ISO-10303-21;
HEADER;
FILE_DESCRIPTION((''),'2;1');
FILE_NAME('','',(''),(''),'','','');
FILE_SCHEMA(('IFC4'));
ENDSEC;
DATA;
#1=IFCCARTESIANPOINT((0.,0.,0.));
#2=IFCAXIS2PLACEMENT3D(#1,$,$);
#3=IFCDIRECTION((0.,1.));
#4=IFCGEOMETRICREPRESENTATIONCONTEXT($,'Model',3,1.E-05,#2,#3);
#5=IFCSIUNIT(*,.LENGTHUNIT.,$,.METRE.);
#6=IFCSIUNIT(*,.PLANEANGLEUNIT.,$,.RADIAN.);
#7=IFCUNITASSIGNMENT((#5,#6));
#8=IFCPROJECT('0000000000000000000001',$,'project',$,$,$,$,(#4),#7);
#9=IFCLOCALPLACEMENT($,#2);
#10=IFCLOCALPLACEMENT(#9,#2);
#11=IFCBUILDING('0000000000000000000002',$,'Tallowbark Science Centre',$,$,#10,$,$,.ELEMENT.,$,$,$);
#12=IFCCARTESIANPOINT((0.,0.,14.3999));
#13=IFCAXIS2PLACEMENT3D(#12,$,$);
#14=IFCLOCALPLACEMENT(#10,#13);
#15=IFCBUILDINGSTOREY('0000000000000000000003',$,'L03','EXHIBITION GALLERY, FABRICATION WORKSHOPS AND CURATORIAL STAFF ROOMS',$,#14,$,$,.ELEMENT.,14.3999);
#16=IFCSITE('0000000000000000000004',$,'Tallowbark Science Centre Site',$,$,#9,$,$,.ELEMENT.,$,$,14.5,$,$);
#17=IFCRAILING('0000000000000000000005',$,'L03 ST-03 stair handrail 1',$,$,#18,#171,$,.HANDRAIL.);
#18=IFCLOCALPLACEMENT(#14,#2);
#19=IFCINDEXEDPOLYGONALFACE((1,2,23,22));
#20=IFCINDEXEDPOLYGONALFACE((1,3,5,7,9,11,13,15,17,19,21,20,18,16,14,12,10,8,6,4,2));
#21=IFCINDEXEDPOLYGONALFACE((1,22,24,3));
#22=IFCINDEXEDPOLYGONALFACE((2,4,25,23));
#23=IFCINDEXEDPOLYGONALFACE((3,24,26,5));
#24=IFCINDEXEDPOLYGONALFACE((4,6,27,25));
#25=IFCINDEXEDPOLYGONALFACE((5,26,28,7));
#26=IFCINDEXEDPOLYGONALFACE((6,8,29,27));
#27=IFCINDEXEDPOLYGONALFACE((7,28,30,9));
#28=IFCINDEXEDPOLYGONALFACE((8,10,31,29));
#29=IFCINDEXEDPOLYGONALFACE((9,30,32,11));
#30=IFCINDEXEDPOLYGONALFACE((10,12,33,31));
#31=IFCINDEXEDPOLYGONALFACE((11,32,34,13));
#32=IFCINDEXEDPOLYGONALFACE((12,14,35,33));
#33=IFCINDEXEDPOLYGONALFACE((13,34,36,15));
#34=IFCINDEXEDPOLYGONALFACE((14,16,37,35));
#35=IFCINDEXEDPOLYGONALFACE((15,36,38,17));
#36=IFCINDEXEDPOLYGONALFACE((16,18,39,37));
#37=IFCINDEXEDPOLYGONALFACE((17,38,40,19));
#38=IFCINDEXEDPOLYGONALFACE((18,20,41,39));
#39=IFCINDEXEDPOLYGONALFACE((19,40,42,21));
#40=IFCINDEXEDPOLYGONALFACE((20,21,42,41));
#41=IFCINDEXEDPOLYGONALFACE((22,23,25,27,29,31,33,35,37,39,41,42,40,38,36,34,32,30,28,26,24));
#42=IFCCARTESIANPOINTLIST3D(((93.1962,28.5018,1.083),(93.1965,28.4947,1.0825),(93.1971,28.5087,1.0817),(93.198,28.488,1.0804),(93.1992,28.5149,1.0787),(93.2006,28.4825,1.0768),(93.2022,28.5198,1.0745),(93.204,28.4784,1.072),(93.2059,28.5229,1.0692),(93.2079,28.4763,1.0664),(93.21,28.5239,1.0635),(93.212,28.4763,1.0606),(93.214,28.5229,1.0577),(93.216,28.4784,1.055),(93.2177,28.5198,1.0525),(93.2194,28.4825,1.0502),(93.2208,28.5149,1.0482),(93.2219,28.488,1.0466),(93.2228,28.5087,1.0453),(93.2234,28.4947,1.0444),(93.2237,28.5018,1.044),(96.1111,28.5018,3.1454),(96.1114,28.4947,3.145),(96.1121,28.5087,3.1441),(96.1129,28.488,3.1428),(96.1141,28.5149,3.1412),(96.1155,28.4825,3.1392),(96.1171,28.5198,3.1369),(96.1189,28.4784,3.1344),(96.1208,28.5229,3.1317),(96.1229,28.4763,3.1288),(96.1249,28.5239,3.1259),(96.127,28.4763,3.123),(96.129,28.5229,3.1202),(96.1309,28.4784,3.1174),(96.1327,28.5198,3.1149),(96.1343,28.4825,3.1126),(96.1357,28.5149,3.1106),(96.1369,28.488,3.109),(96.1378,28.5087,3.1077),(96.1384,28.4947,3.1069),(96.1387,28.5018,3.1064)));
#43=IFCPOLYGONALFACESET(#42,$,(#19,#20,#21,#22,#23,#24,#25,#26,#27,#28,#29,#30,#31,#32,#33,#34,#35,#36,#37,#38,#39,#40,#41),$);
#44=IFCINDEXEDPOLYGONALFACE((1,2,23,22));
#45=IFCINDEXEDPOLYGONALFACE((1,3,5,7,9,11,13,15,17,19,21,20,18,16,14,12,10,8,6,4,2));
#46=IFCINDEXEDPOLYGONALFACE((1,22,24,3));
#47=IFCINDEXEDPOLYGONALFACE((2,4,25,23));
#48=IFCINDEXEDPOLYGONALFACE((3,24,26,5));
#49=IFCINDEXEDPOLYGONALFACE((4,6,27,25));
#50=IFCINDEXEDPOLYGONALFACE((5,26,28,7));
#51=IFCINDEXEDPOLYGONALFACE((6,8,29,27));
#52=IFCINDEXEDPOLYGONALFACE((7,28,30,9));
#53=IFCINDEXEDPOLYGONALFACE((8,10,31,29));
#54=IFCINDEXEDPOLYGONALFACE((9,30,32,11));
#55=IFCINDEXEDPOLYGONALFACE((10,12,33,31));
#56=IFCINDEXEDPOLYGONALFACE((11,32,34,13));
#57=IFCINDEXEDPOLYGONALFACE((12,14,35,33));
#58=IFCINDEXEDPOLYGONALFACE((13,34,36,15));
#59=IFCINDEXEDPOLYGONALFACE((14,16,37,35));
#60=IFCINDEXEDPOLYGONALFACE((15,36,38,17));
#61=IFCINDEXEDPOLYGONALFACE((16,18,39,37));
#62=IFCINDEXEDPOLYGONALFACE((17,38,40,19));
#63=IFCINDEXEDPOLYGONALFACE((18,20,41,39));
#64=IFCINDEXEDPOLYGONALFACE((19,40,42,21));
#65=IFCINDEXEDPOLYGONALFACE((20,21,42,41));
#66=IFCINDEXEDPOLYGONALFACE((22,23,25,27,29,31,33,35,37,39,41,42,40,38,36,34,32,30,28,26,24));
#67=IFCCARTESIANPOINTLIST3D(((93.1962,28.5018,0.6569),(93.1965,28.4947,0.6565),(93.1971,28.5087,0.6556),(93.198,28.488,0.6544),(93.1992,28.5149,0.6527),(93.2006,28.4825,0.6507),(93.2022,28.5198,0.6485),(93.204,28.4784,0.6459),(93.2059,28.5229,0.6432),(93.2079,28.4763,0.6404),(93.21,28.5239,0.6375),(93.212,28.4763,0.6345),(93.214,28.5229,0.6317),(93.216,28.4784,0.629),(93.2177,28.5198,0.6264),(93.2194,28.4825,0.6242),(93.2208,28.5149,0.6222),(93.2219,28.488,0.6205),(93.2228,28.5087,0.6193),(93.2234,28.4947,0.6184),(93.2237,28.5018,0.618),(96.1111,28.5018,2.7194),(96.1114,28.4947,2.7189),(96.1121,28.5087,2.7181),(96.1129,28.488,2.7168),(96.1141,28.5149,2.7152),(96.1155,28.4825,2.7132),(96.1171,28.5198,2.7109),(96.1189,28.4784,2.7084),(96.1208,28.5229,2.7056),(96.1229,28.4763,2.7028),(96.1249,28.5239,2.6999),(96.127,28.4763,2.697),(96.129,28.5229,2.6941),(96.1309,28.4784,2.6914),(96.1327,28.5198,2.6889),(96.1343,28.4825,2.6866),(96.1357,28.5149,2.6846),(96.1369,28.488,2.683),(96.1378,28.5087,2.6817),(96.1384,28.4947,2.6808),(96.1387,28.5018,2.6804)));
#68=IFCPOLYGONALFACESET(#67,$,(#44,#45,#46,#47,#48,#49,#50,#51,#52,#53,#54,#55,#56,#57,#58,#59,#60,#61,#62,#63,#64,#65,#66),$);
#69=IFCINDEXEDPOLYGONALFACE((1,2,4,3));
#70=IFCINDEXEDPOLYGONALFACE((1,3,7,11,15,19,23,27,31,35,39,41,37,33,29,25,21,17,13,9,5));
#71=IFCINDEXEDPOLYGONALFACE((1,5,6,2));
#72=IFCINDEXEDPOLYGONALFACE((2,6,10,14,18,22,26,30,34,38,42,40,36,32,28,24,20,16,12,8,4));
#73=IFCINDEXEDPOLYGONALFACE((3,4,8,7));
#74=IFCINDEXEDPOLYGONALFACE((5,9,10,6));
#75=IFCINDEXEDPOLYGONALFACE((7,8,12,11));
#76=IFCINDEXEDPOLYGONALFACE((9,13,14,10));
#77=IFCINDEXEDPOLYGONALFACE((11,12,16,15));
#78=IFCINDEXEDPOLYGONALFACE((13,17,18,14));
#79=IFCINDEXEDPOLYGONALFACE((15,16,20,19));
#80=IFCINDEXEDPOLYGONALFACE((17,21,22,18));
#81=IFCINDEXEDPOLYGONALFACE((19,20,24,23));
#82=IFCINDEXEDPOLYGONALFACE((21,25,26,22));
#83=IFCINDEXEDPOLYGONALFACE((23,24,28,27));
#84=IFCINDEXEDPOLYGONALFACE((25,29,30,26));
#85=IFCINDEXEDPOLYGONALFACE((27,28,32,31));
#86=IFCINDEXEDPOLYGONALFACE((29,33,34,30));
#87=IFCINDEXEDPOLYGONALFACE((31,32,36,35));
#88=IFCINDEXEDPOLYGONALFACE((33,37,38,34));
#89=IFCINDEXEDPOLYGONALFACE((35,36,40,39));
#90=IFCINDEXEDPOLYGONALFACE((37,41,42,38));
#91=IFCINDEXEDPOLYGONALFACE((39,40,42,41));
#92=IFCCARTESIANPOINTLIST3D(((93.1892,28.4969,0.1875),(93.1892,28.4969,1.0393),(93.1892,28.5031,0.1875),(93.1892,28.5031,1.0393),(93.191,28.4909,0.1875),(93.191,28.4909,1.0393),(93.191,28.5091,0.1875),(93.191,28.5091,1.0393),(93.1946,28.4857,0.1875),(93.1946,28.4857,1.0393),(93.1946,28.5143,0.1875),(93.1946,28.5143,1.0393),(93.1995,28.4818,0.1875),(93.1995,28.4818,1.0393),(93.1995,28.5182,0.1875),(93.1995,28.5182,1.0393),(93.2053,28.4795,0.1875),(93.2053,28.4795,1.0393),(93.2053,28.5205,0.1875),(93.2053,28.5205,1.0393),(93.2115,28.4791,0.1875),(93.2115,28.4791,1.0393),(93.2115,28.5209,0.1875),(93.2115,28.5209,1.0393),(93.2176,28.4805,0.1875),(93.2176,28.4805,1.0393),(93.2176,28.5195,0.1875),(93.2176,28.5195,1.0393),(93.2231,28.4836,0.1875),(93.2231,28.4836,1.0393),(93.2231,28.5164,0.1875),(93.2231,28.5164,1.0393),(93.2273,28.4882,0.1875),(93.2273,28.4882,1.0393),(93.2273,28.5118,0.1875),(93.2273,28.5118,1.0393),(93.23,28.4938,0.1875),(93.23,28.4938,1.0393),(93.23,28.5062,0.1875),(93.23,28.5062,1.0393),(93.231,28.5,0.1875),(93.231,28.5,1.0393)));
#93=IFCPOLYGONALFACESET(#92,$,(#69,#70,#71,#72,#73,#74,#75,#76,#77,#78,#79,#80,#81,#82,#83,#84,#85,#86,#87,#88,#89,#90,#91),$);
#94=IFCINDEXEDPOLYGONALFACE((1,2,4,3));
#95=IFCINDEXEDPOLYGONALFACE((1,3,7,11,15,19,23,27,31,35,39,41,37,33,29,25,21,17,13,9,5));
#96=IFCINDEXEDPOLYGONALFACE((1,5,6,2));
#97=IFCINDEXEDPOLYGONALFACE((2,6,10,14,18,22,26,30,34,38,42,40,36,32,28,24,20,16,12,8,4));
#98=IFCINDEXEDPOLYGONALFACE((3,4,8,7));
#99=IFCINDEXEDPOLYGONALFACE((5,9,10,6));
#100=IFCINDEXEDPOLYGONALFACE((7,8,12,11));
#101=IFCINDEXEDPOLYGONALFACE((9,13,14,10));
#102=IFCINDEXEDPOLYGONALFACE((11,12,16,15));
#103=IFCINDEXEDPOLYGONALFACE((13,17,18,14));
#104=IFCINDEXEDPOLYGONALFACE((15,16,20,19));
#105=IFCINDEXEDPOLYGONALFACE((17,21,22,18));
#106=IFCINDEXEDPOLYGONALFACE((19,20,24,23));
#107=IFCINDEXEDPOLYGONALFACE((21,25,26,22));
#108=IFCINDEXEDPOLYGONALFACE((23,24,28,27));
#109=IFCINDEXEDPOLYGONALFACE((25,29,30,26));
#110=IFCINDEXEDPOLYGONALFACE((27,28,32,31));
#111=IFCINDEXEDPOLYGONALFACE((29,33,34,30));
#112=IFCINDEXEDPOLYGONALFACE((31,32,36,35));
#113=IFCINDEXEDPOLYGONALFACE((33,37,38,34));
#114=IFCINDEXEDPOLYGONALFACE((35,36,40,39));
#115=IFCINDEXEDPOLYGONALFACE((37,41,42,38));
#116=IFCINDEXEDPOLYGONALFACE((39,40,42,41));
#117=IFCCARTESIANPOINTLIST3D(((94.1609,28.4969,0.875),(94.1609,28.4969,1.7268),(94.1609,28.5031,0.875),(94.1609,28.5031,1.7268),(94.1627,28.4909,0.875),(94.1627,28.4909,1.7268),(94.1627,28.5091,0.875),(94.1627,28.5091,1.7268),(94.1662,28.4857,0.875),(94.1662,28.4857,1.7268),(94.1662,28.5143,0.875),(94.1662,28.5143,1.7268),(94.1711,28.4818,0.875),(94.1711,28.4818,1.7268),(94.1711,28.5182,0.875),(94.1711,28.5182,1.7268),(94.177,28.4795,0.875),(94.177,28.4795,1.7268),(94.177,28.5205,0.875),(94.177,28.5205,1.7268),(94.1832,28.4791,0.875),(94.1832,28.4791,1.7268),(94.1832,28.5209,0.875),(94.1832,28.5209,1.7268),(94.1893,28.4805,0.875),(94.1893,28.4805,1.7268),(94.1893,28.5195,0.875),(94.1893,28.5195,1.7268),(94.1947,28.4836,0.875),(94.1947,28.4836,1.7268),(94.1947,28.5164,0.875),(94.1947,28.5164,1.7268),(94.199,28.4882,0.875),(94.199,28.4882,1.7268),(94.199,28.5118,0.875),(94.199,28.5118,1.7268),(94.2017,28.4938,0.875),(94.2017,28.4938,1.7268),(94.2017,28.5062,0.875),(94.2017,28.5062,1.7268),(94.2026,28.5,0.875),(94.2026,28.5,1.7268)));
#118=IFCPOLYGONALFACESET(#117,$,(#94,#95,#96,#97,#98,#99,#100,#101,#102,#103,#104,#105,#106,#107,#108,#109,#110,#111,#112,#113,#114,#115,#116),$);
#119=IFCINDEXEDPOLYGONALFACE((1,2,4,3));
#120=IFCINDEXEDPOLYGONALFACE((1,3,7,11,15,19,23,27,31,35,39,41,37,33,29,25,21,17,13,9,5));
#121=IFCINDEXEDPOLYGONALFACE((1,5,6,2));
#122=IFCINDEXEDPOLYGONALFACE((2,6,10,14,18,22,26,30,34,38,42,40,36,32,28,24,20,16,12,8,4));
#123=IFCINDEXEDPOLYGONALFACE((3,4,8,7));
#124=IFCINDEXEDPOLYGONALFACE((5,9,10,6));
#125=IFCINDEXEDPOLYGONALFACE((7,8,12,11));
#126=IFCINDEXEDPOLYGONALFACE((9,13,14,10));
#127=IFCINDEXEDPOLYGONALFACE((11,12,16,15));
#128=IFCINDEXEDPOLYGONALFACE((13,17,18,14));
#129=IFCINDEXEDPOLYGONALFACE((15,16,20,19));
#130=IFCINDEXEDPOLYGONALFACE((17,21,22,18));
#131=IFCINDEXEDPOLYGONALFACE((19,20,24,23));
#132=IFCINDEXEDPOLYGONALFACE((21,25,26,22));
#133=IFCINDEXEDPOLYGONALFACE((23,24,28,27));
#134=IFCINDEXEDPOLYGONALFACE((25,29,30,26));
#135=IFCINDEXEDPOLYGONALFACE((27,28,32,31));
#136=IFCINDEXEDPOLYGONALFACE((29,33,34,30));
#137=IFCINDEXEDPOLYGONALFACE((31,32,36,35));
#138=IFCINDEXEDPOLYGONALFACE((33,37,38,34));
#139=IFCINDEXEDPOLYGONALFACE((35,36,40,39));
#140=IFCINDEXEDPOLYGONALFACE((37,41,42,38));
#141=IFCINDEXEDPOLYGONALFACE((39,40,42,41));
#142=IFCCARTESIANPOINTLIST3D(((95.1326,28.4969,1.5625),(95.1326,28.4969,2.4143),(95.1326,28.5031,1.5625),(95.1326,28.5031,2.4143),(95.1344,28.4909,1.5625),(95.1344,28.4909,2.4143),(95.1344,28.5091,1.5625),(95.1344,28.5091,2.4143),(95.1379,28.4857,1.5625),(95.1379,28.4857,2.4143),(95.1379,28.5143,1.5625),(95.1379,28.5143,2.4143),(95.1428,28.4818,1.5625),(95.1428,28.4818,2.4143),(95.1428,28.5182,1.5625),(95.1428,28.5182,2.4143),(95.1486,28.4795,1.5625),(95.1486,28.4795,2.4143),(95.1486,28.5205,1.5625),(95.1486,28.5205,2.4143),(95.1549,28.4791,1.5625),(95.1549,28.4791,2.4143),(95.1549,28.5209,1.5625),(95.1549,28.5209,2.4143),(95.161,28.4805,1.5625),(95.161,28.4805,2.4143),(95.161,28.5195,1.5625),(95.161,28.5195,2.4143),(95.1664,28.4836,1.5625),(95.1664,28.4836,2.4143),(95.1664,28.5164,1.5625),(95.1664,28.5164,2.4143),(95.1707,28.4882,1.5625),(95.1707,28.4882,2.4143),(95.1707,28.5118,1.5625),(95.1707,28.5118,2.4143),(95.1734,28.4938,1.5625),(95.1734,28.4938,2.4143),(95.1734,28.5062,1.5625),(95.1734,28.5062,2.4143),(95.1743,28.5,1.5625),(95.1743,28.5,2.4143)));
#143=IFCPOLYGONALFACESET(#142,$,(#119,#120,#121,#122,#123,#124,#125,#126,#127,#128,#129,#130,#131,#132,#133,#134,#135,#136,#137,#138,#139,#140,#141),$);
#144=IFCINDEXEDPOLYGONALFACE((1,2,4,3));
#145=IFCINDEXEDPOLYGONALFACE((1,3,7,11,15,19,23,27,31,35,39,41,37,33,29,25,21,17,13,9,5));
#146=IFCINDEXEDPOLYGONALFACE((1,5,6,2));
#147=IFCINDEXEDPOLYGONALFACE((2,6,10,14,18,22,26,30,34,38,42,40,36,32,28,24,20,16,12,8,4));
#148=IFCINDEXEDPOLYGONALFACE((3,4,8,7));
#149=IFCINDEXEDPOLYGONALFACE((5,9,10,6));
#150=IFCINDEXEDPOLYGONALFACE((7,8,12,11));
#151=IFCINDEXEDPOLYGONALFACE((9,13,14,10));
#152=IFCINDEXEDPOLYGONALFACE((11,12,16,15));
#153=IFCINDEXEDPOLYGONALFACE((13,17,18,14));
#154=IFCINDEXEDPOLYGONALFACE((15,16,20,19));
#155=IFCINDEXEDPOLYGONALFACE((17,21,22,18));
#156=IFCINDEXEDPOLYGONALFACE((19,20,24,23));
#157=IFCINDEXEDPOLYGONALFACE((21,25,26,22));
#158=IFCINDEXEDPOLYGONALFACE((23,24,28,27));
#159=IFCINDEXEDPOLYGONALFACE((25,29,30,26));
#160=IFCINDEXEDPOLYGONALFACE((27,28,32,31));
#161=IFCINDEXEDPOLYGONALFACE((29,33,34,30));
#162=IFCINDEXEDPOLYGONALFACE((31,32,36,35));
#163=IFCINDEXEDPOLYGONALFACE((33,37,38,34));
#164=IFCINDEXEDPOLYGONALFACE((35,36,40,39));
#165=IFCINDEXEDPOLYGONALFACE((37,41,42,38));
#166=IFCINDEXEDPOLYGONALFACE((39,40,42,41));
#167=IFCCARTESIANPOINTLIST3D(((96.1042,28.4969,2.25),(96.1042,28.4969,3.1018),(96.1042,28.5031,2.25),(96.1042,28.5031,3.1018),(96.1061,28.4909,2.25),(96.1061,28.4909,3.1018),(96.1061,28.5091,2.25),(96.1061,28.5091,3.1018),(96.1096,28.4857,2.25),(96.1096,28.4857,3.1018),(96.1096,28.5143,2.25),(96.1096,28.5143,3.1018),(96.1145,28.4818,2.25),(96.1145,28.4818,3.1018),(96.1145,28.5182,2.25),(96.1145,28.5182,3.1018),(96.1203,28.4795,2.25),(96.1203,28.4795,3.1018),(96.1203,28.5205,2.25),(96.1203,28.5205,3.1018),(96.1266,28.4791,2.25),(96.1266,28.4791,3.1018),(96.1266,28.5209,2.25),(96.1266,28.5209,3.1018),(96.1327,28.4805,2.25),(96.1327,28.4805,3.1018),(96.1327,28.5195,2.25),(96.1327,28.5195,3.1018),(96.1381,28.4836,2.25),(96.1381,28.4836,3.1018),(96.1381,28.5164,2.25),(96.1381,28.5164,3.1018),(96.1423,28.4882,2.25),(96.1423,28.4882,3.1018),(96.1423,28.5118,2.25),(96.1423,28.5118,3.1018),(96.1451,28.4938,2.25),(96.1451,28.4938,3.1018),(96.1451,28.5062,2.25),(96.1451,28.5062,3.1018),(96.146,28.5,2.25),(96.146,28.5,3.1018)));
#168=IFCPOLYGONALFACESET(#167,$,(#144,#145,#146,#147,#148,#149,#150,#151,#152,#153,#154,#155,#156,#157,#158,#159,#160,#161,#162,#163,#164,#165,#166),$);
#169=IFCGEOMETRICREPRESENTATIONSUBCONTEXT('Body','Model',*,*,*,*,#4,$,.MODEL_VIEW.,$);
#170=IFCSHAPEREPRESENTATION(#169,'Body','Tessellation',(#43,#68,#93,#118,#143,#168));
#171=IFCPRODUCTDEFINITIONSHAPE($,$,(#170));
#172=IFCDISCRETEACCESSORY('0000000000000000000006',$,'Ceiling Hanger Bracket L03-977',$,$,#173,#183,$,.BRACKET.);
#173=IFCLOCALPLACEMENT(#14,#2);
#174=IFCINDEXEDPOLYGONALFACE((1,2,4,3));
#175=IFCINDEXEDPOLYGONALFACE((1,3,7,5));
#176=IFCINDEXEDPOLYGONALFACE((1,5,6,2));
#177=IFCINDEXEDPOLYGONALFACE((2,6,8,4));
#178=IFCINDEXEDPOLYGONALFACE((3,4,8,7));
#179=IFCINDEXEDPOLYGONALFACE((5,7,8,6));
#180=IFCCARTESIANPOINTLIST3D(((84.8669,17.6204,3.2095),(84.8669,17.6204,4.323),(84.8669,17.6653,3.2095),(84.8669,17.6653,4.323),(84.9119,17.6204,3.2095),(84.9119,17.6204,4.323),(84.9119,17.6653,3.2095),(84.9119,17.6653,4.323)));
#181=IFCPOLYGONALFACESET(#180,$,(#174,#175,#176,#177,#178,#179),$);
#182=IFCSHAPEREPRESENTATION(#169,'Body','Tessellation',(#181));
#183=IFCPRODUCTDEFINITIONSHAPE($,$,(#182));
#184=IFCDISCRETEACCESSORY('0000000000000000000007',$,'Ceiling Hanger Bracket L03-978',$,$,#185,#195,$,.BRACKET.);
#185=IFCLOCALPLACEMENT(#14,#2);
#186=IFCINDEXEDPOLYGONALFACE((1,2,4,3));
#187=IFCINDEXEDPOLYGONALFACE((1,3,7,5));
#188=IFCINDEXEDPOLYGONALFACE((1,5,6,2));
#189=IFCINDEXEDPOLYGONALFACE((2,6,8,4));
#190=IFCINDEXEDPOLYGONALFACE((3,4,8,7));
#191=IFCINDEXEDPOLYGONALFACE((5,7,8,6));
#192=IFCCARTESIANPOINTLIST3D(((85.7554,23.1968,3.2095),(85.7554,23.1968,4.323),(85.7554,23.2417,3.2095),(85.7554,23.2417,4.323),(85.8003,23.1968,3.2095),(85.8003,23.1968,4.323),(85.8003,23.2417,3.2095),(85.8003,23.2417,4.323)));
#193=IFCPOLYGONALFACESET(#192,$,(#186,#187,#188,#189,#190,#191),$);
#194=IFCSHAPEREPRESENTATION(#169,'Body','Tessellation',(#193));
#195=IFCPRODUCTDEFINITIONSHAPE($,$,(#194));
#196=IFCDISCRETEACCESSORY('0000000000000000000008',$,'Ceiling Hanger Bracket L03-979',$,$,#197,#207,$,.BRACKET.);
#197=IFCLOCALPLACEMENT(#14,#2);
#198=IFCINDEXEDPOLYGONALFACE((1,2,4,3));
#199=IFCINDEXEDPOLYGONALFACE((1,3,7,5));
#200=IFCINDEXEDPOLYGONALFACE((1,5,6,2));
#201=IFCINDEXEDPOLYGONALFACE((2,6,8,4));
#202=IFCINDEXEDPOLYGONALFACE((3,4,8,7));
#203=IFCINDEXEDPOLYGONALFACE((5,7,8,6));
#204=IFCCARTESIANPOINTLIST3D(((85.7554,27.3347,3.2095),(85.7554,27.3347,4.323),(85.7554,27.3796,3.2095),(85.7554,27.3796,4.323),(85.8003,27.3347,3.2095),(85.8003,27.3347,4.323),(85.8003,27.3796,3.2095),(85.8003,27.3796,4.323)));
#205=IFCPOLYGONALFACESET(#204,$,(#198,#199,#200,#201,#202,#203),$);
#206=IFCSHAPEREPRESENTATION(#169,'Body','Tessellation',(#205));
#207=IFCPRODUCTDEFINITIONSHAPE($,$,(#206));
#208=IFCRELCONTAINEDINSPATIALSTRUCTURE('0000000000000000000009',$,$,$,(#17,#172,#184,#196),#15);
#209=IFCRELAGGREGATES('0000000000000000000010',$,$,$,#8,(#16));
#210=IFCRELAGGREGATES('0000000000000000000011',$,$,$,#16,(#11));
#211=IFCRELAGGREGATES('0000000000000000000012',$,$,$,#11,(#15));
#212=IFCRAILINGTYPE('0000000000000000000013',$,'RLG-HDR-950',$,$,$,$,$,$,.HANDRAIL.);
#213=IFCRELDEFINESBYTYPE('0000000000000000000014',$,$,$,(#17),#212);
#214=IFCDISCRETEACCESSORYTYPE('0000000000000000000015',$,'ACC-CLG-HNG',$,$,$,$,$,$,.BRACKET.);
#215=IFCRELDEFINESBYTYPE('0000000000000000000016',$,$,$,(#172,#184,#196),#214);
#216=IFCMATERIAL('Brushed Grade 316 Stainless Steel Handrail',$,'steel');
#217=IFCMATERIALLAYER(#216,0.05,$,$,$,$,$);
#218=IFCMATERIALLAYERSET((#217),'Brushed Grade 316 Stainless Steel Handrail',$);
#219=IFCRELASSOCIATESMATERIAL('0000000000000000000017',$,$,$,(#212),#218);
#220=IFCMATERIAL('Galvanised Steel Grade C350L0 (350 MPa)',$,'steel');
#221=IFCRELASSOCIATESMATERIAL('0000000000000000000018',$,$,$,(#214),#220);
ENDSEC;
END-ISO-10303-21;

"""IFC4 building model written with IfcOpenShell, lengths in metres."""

from ifc_helpers import new_model, si_unit, direction, frame, origin, origin_2d, place, context, subcontext, project, spatial, rectangle, circle, extrude, material, layer, layer_set, type_object, element, save


model = new_model("IFC4")

# Units and contexts
model_context = context("Model", 3, precision=1e-05, world=origin(), true_north=direction((0.0, 1.0)))
body_context = subcontext(model_context, "Body", "Model", "MODEL_VIEW")
ifc_project = project(units=[si_unit("LENGTHUNIT", "METRE"), si_unit("PLANEANGLEUNIT", "RADIAN")], contexts=[model_context])

# Site, building, storey
site_placement = place(None, origin())
site = spatial("IfcSite", under=ifc_project, at=site_placement, Name="Tallowbark Science Centre Site", CompositionType="ELEMENT", RefElevation=14.5)
building_placement = place(site_placement, origin())
building = spatial("IfcBuilding", under=site, at=building_placement, Name="Tallowbark Science Centre", CompositionType="ELEMENT")
storey_placement = place(building_placement, frame((0.0, 0.0, 14.3999)))
storey = spatial("IfcBuildingStorey", under=building, at=storey_placement, Name="L03", Description="EXHIBITION GALLERY, FABRICATION WORKSHOPS AND CURATORIAL STAFF ROOMS", CompositionType="ELEMENT", Elevation=14.3999)

# Railing
ifc_material_1 = material(Name="Brushed Grade 316 Stainless Steel Handrail", Category="steel")
ifc_layer_1 = layer(ifc_material_1, 0.05)
ifc_layer_set_1 = layer_set([ifc_layer_1], Name="Brushed Grade 316 Stainless Steel Handrail")
railing_type_1 = type_object("IfcRailingType", Name="RLG-HDR-950", PredefinedType="HANDRAIL", material=ifc_layer_set_1)
railing_1_placement = place(storey_placement, frame((93.21, 28.5, 0.1875)))
element("IfcRailing", 1, at=railing_1_placement, inside=storey, type_object=railing_type_1, Name="L03 ST-03 stair handrail 1", PredefinedType="HANDRAIL", context=body_context, shape_type="SweptSolid", body=[
    extrude(circle(Radius=0.0239, at=origin_2d()), frame((0.0, 0.0, 0.876), z_axis=(0.816331, 0.0, 0.577585), x_axis=(0.0, 1.0, 0.0)), (0.0, 0.0, 1.0), 3.5708),
    extrude(circle(Radius=0.0239, at=origin_2d()), frame((0.0, 0.0, 0.45), z_axis=(0.816331, 0.0, 0.577585), x_axis=(0.0, 1.0, 0.0)), (0.0, 0.0, 1.0), 3.5708),
    extrude(circle(Radius=0.021, at=origin_2d()), origin(), (0.0, 0.0, 1.0), 0.8518),
    extrude(circle(Radius=0.021, at=origin_2d()), frame((0.9717, 0.0, 0.6875)), (0.0, 0.0, 1.0), 0.8518),
    extrude(circle(Radius=0.021, at=origin_2d()), frame((1.9434, 0.0, 1.375)), (0.0, 0.0, 1.0), 0.8518),
    extrude(circle(Radius=0.021, at=origin_2d()), frame((2.915, 0.0, 2.0625)), (0.0, 0.0, 1.0), 0.8518),
])

# Discrete accessories
ifc_material_2 = material(Name="Galvanised Steel Grade C350L0 (350 MPa)", Category="steel")
discrete_accessory_type = type_object("IfcDiscreteAccessoryType", Name="ACC-CLG-HNG", PredefinedType="BRACKET", material=ifc_material_2)
for number, where, z_axis, x_axis, name in (
    (2, (84.8894, 17.6428, 3.2095), (0.0, 0.0, 1.0), (1.0, 0.0, 0.0), "Ceiling Hanger Bracket L03-977"),
    (3, (85.7778, 23.2192, 3.2095), (0.0, 0.0, 1.0), (1.0, 0.0, 0.0), "Ceiling Hanger Bracket L03-978"),
    (4, (85.7778, 27.3572, 3.2095), (0.0, 0.0, 1.0), (1.0, 0.0, 0.0), "Ceiling Hanger Bracket L03-979"),
):
    element("IfcDiscreteAccessory", number, at=place(storey_placement, frame(where, z_axis=z_axis, x_axis=x_axis)), inside=storey, type_object=discrete_accessory_type, Name=name, PredefinedType="BRACKET", context=body_context, shape_type="SweptSolid", body=[
        extrude(rectangle(XDim=0.0449, YDim=0.0449, at=origin_2d()), origin(), (0.0, 0.0, 1.0), 1.1135),
    ])

save(model, "model.ifc")
